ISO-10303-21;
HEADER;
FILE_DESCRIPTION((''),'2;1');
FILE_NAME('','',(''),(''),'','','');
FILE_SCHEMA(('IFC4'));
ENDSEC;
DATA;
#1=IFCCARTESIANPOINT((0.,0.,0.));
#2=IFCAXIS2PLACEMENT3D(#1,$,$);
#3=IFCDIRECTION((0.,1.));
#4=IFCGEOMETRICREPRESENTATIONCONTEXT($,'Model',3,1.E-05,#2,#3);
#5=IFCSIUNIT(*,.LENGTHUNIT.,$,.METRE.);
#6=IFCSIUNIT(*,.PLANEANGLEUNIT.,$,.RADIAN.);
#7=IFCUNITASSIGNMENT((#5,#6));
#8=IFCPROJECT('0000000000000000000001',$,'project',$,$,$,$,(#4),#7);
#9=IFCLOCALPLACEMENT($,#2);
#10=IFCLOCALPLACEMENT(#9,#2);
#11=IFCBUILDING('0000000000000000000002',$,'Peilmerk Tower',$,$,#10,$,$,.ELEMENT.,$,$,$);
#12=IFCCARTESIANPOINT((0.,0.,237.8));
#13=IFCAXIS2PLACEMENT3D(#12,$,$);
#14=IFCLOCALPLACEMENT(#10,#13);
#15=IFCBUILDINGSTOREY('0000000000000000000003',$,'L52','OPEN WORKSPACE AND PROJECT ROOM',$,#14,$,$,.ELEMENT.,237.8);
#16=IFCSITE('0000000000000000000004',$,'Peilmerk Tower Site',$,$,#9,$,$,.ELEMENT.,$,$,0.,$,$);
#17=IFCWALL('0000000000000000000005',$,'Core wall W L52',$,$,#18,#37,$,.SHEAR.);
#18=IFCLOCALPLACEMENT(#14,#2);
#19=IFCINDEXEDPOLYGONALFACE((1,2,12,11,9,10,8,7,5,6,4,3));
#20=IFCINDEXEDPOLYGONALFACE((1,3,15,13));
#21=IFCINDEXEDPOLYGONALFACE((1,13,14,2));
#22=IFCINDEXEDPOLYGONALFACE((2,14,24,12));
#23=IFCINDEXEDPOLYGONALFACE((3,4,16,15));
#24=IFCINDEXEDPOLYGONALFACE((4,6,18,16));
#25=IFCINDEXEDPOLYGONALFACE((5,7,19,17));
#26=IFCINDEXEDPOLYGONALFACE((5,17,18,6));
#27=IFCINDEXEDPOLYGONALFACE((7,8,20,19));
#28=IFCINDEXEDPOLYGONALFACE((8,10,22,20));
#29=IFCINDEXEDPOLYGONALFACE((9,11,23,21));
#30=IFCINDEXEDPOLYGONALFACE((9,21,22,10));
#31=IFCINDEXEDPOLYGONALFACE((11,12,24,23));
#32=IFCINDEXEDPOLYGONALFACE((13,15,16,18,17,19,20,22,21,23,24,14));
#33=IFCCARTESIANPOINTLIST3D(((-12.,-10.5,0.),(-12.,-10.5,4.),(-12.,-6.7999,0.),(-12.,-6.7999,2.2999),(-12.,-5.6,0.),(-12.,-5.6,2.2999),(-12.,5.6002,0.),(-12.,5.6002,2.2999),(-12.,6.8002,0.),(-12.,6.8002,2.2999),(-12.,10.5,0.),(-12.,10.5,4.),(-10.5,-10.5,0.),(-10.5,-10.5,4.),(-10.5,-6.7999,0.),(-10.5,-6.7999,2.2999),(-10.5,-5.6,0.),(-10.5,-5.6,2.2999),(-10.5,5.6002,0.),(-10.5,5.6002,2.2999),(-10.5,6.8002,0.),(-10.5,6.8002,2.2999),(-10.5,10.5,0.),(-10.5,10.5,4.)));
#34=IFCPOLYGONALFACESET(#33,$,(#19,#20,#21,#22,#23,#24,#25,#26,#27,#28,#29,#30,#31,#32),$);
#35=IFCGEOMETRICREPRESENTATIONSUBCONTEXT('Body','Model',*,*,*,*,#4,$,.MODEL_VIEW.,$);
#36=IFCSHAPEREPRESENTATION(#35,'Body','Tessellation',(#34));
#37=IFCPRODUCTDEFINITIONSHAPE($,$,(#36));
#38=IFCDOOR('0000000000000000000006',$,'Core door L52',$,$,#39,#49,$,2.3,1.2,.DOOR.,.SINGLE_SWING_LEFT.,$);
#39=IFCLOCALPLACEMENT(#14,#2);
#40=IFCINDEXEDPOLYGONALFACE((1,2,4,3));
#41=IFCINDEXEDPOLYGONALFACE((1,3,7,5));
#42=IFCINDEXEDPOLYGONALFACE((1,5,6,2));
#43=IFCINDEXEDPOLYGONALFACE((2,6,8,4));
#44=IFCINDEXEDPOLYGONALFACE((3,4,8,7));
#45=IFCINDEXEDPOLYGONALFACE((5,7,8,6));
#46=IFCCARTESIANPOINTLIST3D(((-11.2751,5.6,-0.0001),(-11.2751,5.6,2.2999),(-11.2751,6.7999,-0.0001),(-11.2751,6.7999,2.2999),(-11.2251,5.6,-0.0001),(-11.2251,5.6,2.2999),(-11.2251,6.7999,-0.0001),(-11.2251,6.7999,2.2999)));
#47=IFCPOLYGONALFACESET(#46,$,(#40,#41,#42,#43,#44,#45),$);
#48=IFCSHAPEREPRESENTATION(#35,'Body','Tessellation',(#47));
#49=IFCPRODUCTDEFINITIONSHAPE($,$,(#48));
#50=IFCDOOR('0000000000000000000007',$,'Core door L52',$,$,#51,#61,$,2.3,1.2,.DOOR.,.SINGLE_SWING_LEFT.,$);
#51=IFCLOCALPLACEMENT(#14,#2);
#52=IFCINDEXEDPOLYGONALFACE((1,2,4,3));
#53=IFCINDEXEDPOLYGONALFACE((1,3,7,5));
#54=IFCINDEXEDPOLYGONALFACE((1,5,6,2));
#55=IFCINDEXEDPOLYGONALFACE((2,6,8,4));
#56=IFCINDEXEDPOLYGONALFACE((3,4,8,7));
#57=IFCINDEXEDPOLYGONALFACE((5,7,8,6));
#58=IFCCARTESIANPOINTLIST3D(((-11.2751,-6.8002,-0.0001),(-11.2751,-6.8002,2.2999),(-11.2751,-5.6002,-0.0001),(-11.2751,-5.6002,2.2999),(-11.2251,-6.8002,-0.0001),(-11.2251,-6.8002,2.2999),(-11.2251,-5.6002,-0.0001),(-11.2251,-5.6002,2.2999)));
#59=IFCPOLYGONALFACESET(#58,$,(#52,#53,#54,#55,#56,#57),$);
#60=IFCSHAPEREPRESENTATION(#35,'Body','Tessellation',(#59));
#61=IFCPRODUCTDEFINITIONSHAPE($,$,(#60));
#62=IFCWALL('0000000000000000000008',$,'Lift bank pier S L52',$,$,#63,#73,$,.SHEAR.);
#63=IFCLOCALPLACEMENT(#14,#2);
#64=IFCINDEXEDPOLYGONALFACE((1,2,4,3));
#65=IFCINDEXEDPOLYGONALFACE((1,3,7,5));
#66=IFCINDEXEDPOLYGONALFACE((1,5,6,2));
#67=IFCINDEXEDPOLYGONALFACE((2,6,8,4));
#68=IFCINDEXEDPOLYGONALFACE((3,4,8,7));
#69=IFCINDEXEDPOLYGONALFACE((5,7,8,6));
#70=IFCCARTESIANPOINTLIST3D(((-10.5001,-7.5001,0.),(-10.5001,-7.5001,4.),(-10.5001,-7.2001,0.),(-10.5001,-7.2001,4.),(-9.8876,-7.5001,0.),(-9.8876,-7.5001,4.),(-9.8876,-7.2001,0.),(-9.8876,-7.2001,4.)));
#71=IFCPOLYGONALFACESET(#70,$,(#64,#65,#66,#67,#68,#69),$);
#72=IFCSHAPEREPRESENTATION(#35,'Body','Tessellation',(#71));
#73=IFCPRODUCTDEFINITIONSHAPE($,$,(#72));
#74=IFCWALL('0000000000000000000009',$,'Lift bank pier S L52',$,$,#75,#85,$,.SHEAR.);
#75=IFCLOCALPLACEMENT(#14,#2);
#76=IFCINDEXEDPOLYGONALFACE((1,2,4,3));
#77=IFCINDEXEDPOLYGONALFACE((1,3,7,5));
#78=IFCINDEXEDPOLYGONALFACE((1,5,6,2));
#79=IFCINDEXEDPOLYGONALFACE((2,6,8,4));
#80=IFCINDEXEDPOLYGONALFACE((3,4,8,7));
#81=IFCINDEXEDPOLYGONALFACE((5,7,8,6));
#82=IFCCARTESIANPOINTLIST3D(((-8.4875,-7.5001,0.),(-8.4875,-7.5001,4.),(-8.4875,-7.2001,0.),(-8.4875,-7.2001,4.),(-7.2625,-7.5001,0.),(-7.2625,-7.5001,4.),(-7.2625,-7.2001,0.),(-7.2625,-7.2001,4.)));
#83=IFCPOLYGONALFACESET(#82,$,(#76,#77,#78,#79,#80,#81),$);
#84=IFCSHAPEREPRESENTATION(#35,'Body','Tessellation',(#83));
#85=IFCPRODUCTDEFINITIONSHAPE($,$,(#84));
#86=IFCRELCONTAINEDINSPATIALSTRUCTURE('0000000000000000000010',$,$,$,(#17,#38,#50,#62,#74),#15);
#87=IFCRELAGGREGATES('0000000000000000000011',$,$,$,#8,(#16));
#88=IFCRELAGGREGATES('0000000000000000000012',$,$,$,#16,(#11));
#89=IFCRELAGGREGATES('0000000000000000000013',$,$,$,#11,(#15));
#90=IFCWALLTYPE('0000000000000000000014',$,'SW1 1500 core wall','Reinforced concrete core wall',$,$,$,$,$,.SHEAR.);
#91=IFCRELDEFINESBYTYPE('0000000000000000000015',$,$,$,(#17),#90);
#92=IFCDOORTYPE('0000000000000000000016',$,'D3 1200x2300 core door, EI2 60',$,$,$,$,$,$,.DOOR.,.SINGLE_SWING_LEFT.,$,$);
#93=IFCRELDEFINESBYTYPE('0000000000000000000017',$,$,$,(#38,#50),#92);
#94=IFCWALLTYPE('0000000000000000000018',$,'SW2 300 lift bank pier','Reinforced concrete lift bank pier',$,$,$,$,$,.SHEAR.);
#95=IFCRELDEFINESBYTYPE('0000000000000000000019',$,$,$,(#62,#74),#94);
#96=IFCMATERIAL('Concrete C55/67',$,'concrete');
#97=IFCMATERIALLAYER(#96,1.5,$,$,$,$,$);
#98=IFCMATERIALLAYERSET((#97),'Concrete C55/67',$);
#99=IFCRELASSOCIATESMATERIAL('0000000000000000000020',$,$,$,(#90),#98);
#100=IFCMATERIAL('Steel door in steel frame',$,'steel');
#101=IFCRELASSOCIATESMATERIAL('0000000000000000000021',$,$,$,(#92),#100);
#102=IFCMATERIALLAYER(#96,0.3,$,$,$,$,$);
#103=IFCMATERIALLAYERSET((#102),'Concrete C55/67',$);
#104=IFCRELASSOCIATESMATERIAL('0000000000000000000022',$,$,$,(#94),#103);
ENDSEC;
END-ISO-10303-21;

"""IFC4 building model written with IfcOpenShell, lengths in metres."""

from ifc_helpers import new_model, si_unit, direction, frame, frame_2d, origin, place, context, subcontext, project, spatial, rectangle, extrude, material, layer, layer_set, type_object, element, fill, save


model = new_model("IFC4")

# Units and contexts
model_context = context("Model", 3, precision=1e-05, world=origin(), true_north=direction((0.0, 1.0)))
body_context = subcontext(model_context, "Body", "Model", "MODEL_VIEW")
ifc_project = project(units=[si_unit("LENGTHUNIT", "METRE"), si_unit("PLANEANGLEUNIT", "RADIAN")], contexts=[model_context])

# Site, building, storey
site_placement = place(None, origin())
site = spatial("IfcSite", under=ifc_project, at=site_placement, Name="Peilmerk Tower Site", CompositionType="ELEMENT", RefElevation=0.0)
building_placement = place(site_placement, origin())
building = spatial("IfcBuilding", under=site, at=building_placement, Name="Peilmerk Tower", CompositionType="ELEMENT")
storey_placement = place(building_placement, frame((0.0, 0.0, 237.8)))
storey = spatial("IfcBuildingStorey", under=building, at=storey_placement, Name="L52", Description="OPEN WORKSPACE AND PROJECT ROOM", CompositionType="ELEMENT", Elevation=237.8)

# Wall, openings, doors
ifc_material_1 = material(Name="Concrete C55/67", Category="concrete")
ifc_layer_1 = layer(ifc_material_1, 1.5)
ifc_layer_set_1 = layer_set([ifc_layer_1], Name="Concrete C55/67")
wall_type_1 = type_object("IfcWallType", Name="SW1 1500 core wall", Description="Reinforced concrete core wall", PredefinedType="SHEAR", material=ifc_layer_set_1)
wall_1_placement = place(storey_placement, frame((-11.25, -10.5, 0.0), z_axis=(0.0, 0.0, 1.0), x_axis=(0.0, 1.0, 0.0)))
wall_1 = element("IfcWall", 1, at=wall_1_placement, inside=storey, type_object=wall_type_1, Name="Core wall W L52", PredefinedType="SHEAR", context=body_context, shape_type="SweptSolid", body=[
    extrude(rectangle(XDim=21.0, YDim=1.5, at=frame_2d((10.5, 0.0))), origin(), (0.0, 0.0, 1.0), 4.0),
])
opening_1_placement = place(wall_1_placement, frame((16.1001, 0.0, 0.0)))
opening_1 = element("IfcOpeningElement", 2, at=opening_1_placement, cuts=wall_1, PredefinedType="OPENING", context=body_context, shape_type="SweptSolid", body=[
    extrude(rectangle(XDim=1.2, YDim=2.3, at=frame_2d((0.6001, 1.1499))), frame((0.0, 0.76, 0.0), z_axis=(0.0, -1.0, 0.0), x_axis=(1.0, 0.0, 0.0)), (0.0, 0.0, 1.0), 1.52),
])
opening_2_placement = place(wall_1_placement, frame((3.7, 0.0, 0.0)))
opening_2 = element("IfcOpeningElement", 3, at=opening_2_placement, cuts=wall_1, PredefinedType="OPENING", context=body_context, shape_type="SweptSolid", body=[
    extrude(rectangle(XDim=1.2, YDim=2.3, at=frame_2d((0.6001, 1.1499))), frame((0.0, 0.76, 0.0), z_axis=(0.0, -1.0, 0.0), x_axis=(1.0, 0.0, 0.0)), (0.0, 0.0, 1.0), 1.52),
])
ifc_material_2 = material(Name="Steel door in steel frame", Category="steel")
door_type_1 = type_object("IfcDoorType", Name="D3 1200x2300 core door, EI2 60", OperationType="SINGLE_SWING_LEFT", PredefinedType="DOOR", material=ifc_material_2)
door_1_placement = place(opening_1_placement, frame((1.2, 0.0, 0.0), z_axis=(0.0, 0.0, 1.0), x_axis=(-1.0, 0.0, 0.0)))
door_1 = element("IfcDoor", 4, at=door_1_placement, inside=storey, type_object=door_type_1, Name="Core door L52", OperationType="SINGLE_SWING_LEFT", OverallHeight=2.3, OverallWidth=1.2, PredefinedType="DOOR", context=body_context, shape_type="SweptSolid", body=[
    extrude(rectangle(XDim=1.2, YDim=2.3, at=frame_2d((0.6001, 1.1499))), frame((0.0, 0.0249, 0.0), z_axis=(0.0, -1.0, 0.0), x_axis=(1.0, 0.0, 0.0)), (0.0, 0.0, 1.0), 0.05),
])
fill(opening_1, door_1)
door_2_placement = place(opening_2_placement, frame((1.2, 0.0, 0.0), z_axis=(0.0, 0.0, 1.0), x_axis=(-1.0, 0.0, 0.0)))
door_2 = element("IfcDoor", 5, at=door_2_placement, inside=storey, type_object=door_type_1, Name="Core door L52", OperationType="SINGLE_SWING_LEFT", OverallHeight=2.3, OverallWidth=1.2, PredefinedType="DOOR", context=body_context, shape_type="SweptSolid", body=[
    extrude(rectangle(XDim=1.2, YDim=2.3, at=frame_2d((0.6001, 1.1499))), frame((0.0, 0.0249, 0.0), z_axis=(0.0, -1.0, 0.0), x_axis=(1.0, 0.0, 0.0)), (0.0, 0.0, 1.0), 0.05),
])
fill(opening_2, door_2)

# Walls
ifc_layer_2 = layer(ifc_material_1, 0.3)
ifc_layer_set_2 = layer_set([ifc_layer_2], Name="Concrete C55/67")
wall_type_2 = type_object("IfcWallType", Name="SW2 300 lift bank pier", Description="Reinforced concrete lift bank pier", PredefinedType="SHEAR", material=ifc_layer_set_2)
wall_2_placement = place(storey_placement, frame((-10.5, -7.3501, 0.0), z_axis=(0.0, 0.0, 1.0), x_axis=(1.0, 0.0, 0.0)))
element("IfcWall", 6, at=wall_2_placement, inside=storey, type_object=wall_type_2, Name="Lift bank pier S L52", PredefinedType="SHEAR", context=body_context, shape_type="SweptSolid", body=[
    extrude(rectangle(XDim=0.6125, YDim=0.3, at=frame_2d((0.3062, 0.0))), origin(), (0.0, 0.0, 1.0), 4.0),
])
wall_3_placement = place(storey_placement, frame((-8.4875, -7.3501, 0.0), z_axis=(0.0, 0.0, 1.0), x_axis=(1.0, 0.0, 0.0)))
element("IfcWall", 7, at=wall_3_placement, inside=storey, type_object=wall_type_2, Name="Lift bank pier S L52", PredefinedType="SHEAR", context=body_context, shape_type="SweptSolid", body=[
    extrude(rectangle(XDim=1.2251, YDim=0.3, at=frame_2d((0.6125, 0.0))), origin(), (0.0, 0.0, 1.0), 4.0),
])

save(model, "model.ifc")
